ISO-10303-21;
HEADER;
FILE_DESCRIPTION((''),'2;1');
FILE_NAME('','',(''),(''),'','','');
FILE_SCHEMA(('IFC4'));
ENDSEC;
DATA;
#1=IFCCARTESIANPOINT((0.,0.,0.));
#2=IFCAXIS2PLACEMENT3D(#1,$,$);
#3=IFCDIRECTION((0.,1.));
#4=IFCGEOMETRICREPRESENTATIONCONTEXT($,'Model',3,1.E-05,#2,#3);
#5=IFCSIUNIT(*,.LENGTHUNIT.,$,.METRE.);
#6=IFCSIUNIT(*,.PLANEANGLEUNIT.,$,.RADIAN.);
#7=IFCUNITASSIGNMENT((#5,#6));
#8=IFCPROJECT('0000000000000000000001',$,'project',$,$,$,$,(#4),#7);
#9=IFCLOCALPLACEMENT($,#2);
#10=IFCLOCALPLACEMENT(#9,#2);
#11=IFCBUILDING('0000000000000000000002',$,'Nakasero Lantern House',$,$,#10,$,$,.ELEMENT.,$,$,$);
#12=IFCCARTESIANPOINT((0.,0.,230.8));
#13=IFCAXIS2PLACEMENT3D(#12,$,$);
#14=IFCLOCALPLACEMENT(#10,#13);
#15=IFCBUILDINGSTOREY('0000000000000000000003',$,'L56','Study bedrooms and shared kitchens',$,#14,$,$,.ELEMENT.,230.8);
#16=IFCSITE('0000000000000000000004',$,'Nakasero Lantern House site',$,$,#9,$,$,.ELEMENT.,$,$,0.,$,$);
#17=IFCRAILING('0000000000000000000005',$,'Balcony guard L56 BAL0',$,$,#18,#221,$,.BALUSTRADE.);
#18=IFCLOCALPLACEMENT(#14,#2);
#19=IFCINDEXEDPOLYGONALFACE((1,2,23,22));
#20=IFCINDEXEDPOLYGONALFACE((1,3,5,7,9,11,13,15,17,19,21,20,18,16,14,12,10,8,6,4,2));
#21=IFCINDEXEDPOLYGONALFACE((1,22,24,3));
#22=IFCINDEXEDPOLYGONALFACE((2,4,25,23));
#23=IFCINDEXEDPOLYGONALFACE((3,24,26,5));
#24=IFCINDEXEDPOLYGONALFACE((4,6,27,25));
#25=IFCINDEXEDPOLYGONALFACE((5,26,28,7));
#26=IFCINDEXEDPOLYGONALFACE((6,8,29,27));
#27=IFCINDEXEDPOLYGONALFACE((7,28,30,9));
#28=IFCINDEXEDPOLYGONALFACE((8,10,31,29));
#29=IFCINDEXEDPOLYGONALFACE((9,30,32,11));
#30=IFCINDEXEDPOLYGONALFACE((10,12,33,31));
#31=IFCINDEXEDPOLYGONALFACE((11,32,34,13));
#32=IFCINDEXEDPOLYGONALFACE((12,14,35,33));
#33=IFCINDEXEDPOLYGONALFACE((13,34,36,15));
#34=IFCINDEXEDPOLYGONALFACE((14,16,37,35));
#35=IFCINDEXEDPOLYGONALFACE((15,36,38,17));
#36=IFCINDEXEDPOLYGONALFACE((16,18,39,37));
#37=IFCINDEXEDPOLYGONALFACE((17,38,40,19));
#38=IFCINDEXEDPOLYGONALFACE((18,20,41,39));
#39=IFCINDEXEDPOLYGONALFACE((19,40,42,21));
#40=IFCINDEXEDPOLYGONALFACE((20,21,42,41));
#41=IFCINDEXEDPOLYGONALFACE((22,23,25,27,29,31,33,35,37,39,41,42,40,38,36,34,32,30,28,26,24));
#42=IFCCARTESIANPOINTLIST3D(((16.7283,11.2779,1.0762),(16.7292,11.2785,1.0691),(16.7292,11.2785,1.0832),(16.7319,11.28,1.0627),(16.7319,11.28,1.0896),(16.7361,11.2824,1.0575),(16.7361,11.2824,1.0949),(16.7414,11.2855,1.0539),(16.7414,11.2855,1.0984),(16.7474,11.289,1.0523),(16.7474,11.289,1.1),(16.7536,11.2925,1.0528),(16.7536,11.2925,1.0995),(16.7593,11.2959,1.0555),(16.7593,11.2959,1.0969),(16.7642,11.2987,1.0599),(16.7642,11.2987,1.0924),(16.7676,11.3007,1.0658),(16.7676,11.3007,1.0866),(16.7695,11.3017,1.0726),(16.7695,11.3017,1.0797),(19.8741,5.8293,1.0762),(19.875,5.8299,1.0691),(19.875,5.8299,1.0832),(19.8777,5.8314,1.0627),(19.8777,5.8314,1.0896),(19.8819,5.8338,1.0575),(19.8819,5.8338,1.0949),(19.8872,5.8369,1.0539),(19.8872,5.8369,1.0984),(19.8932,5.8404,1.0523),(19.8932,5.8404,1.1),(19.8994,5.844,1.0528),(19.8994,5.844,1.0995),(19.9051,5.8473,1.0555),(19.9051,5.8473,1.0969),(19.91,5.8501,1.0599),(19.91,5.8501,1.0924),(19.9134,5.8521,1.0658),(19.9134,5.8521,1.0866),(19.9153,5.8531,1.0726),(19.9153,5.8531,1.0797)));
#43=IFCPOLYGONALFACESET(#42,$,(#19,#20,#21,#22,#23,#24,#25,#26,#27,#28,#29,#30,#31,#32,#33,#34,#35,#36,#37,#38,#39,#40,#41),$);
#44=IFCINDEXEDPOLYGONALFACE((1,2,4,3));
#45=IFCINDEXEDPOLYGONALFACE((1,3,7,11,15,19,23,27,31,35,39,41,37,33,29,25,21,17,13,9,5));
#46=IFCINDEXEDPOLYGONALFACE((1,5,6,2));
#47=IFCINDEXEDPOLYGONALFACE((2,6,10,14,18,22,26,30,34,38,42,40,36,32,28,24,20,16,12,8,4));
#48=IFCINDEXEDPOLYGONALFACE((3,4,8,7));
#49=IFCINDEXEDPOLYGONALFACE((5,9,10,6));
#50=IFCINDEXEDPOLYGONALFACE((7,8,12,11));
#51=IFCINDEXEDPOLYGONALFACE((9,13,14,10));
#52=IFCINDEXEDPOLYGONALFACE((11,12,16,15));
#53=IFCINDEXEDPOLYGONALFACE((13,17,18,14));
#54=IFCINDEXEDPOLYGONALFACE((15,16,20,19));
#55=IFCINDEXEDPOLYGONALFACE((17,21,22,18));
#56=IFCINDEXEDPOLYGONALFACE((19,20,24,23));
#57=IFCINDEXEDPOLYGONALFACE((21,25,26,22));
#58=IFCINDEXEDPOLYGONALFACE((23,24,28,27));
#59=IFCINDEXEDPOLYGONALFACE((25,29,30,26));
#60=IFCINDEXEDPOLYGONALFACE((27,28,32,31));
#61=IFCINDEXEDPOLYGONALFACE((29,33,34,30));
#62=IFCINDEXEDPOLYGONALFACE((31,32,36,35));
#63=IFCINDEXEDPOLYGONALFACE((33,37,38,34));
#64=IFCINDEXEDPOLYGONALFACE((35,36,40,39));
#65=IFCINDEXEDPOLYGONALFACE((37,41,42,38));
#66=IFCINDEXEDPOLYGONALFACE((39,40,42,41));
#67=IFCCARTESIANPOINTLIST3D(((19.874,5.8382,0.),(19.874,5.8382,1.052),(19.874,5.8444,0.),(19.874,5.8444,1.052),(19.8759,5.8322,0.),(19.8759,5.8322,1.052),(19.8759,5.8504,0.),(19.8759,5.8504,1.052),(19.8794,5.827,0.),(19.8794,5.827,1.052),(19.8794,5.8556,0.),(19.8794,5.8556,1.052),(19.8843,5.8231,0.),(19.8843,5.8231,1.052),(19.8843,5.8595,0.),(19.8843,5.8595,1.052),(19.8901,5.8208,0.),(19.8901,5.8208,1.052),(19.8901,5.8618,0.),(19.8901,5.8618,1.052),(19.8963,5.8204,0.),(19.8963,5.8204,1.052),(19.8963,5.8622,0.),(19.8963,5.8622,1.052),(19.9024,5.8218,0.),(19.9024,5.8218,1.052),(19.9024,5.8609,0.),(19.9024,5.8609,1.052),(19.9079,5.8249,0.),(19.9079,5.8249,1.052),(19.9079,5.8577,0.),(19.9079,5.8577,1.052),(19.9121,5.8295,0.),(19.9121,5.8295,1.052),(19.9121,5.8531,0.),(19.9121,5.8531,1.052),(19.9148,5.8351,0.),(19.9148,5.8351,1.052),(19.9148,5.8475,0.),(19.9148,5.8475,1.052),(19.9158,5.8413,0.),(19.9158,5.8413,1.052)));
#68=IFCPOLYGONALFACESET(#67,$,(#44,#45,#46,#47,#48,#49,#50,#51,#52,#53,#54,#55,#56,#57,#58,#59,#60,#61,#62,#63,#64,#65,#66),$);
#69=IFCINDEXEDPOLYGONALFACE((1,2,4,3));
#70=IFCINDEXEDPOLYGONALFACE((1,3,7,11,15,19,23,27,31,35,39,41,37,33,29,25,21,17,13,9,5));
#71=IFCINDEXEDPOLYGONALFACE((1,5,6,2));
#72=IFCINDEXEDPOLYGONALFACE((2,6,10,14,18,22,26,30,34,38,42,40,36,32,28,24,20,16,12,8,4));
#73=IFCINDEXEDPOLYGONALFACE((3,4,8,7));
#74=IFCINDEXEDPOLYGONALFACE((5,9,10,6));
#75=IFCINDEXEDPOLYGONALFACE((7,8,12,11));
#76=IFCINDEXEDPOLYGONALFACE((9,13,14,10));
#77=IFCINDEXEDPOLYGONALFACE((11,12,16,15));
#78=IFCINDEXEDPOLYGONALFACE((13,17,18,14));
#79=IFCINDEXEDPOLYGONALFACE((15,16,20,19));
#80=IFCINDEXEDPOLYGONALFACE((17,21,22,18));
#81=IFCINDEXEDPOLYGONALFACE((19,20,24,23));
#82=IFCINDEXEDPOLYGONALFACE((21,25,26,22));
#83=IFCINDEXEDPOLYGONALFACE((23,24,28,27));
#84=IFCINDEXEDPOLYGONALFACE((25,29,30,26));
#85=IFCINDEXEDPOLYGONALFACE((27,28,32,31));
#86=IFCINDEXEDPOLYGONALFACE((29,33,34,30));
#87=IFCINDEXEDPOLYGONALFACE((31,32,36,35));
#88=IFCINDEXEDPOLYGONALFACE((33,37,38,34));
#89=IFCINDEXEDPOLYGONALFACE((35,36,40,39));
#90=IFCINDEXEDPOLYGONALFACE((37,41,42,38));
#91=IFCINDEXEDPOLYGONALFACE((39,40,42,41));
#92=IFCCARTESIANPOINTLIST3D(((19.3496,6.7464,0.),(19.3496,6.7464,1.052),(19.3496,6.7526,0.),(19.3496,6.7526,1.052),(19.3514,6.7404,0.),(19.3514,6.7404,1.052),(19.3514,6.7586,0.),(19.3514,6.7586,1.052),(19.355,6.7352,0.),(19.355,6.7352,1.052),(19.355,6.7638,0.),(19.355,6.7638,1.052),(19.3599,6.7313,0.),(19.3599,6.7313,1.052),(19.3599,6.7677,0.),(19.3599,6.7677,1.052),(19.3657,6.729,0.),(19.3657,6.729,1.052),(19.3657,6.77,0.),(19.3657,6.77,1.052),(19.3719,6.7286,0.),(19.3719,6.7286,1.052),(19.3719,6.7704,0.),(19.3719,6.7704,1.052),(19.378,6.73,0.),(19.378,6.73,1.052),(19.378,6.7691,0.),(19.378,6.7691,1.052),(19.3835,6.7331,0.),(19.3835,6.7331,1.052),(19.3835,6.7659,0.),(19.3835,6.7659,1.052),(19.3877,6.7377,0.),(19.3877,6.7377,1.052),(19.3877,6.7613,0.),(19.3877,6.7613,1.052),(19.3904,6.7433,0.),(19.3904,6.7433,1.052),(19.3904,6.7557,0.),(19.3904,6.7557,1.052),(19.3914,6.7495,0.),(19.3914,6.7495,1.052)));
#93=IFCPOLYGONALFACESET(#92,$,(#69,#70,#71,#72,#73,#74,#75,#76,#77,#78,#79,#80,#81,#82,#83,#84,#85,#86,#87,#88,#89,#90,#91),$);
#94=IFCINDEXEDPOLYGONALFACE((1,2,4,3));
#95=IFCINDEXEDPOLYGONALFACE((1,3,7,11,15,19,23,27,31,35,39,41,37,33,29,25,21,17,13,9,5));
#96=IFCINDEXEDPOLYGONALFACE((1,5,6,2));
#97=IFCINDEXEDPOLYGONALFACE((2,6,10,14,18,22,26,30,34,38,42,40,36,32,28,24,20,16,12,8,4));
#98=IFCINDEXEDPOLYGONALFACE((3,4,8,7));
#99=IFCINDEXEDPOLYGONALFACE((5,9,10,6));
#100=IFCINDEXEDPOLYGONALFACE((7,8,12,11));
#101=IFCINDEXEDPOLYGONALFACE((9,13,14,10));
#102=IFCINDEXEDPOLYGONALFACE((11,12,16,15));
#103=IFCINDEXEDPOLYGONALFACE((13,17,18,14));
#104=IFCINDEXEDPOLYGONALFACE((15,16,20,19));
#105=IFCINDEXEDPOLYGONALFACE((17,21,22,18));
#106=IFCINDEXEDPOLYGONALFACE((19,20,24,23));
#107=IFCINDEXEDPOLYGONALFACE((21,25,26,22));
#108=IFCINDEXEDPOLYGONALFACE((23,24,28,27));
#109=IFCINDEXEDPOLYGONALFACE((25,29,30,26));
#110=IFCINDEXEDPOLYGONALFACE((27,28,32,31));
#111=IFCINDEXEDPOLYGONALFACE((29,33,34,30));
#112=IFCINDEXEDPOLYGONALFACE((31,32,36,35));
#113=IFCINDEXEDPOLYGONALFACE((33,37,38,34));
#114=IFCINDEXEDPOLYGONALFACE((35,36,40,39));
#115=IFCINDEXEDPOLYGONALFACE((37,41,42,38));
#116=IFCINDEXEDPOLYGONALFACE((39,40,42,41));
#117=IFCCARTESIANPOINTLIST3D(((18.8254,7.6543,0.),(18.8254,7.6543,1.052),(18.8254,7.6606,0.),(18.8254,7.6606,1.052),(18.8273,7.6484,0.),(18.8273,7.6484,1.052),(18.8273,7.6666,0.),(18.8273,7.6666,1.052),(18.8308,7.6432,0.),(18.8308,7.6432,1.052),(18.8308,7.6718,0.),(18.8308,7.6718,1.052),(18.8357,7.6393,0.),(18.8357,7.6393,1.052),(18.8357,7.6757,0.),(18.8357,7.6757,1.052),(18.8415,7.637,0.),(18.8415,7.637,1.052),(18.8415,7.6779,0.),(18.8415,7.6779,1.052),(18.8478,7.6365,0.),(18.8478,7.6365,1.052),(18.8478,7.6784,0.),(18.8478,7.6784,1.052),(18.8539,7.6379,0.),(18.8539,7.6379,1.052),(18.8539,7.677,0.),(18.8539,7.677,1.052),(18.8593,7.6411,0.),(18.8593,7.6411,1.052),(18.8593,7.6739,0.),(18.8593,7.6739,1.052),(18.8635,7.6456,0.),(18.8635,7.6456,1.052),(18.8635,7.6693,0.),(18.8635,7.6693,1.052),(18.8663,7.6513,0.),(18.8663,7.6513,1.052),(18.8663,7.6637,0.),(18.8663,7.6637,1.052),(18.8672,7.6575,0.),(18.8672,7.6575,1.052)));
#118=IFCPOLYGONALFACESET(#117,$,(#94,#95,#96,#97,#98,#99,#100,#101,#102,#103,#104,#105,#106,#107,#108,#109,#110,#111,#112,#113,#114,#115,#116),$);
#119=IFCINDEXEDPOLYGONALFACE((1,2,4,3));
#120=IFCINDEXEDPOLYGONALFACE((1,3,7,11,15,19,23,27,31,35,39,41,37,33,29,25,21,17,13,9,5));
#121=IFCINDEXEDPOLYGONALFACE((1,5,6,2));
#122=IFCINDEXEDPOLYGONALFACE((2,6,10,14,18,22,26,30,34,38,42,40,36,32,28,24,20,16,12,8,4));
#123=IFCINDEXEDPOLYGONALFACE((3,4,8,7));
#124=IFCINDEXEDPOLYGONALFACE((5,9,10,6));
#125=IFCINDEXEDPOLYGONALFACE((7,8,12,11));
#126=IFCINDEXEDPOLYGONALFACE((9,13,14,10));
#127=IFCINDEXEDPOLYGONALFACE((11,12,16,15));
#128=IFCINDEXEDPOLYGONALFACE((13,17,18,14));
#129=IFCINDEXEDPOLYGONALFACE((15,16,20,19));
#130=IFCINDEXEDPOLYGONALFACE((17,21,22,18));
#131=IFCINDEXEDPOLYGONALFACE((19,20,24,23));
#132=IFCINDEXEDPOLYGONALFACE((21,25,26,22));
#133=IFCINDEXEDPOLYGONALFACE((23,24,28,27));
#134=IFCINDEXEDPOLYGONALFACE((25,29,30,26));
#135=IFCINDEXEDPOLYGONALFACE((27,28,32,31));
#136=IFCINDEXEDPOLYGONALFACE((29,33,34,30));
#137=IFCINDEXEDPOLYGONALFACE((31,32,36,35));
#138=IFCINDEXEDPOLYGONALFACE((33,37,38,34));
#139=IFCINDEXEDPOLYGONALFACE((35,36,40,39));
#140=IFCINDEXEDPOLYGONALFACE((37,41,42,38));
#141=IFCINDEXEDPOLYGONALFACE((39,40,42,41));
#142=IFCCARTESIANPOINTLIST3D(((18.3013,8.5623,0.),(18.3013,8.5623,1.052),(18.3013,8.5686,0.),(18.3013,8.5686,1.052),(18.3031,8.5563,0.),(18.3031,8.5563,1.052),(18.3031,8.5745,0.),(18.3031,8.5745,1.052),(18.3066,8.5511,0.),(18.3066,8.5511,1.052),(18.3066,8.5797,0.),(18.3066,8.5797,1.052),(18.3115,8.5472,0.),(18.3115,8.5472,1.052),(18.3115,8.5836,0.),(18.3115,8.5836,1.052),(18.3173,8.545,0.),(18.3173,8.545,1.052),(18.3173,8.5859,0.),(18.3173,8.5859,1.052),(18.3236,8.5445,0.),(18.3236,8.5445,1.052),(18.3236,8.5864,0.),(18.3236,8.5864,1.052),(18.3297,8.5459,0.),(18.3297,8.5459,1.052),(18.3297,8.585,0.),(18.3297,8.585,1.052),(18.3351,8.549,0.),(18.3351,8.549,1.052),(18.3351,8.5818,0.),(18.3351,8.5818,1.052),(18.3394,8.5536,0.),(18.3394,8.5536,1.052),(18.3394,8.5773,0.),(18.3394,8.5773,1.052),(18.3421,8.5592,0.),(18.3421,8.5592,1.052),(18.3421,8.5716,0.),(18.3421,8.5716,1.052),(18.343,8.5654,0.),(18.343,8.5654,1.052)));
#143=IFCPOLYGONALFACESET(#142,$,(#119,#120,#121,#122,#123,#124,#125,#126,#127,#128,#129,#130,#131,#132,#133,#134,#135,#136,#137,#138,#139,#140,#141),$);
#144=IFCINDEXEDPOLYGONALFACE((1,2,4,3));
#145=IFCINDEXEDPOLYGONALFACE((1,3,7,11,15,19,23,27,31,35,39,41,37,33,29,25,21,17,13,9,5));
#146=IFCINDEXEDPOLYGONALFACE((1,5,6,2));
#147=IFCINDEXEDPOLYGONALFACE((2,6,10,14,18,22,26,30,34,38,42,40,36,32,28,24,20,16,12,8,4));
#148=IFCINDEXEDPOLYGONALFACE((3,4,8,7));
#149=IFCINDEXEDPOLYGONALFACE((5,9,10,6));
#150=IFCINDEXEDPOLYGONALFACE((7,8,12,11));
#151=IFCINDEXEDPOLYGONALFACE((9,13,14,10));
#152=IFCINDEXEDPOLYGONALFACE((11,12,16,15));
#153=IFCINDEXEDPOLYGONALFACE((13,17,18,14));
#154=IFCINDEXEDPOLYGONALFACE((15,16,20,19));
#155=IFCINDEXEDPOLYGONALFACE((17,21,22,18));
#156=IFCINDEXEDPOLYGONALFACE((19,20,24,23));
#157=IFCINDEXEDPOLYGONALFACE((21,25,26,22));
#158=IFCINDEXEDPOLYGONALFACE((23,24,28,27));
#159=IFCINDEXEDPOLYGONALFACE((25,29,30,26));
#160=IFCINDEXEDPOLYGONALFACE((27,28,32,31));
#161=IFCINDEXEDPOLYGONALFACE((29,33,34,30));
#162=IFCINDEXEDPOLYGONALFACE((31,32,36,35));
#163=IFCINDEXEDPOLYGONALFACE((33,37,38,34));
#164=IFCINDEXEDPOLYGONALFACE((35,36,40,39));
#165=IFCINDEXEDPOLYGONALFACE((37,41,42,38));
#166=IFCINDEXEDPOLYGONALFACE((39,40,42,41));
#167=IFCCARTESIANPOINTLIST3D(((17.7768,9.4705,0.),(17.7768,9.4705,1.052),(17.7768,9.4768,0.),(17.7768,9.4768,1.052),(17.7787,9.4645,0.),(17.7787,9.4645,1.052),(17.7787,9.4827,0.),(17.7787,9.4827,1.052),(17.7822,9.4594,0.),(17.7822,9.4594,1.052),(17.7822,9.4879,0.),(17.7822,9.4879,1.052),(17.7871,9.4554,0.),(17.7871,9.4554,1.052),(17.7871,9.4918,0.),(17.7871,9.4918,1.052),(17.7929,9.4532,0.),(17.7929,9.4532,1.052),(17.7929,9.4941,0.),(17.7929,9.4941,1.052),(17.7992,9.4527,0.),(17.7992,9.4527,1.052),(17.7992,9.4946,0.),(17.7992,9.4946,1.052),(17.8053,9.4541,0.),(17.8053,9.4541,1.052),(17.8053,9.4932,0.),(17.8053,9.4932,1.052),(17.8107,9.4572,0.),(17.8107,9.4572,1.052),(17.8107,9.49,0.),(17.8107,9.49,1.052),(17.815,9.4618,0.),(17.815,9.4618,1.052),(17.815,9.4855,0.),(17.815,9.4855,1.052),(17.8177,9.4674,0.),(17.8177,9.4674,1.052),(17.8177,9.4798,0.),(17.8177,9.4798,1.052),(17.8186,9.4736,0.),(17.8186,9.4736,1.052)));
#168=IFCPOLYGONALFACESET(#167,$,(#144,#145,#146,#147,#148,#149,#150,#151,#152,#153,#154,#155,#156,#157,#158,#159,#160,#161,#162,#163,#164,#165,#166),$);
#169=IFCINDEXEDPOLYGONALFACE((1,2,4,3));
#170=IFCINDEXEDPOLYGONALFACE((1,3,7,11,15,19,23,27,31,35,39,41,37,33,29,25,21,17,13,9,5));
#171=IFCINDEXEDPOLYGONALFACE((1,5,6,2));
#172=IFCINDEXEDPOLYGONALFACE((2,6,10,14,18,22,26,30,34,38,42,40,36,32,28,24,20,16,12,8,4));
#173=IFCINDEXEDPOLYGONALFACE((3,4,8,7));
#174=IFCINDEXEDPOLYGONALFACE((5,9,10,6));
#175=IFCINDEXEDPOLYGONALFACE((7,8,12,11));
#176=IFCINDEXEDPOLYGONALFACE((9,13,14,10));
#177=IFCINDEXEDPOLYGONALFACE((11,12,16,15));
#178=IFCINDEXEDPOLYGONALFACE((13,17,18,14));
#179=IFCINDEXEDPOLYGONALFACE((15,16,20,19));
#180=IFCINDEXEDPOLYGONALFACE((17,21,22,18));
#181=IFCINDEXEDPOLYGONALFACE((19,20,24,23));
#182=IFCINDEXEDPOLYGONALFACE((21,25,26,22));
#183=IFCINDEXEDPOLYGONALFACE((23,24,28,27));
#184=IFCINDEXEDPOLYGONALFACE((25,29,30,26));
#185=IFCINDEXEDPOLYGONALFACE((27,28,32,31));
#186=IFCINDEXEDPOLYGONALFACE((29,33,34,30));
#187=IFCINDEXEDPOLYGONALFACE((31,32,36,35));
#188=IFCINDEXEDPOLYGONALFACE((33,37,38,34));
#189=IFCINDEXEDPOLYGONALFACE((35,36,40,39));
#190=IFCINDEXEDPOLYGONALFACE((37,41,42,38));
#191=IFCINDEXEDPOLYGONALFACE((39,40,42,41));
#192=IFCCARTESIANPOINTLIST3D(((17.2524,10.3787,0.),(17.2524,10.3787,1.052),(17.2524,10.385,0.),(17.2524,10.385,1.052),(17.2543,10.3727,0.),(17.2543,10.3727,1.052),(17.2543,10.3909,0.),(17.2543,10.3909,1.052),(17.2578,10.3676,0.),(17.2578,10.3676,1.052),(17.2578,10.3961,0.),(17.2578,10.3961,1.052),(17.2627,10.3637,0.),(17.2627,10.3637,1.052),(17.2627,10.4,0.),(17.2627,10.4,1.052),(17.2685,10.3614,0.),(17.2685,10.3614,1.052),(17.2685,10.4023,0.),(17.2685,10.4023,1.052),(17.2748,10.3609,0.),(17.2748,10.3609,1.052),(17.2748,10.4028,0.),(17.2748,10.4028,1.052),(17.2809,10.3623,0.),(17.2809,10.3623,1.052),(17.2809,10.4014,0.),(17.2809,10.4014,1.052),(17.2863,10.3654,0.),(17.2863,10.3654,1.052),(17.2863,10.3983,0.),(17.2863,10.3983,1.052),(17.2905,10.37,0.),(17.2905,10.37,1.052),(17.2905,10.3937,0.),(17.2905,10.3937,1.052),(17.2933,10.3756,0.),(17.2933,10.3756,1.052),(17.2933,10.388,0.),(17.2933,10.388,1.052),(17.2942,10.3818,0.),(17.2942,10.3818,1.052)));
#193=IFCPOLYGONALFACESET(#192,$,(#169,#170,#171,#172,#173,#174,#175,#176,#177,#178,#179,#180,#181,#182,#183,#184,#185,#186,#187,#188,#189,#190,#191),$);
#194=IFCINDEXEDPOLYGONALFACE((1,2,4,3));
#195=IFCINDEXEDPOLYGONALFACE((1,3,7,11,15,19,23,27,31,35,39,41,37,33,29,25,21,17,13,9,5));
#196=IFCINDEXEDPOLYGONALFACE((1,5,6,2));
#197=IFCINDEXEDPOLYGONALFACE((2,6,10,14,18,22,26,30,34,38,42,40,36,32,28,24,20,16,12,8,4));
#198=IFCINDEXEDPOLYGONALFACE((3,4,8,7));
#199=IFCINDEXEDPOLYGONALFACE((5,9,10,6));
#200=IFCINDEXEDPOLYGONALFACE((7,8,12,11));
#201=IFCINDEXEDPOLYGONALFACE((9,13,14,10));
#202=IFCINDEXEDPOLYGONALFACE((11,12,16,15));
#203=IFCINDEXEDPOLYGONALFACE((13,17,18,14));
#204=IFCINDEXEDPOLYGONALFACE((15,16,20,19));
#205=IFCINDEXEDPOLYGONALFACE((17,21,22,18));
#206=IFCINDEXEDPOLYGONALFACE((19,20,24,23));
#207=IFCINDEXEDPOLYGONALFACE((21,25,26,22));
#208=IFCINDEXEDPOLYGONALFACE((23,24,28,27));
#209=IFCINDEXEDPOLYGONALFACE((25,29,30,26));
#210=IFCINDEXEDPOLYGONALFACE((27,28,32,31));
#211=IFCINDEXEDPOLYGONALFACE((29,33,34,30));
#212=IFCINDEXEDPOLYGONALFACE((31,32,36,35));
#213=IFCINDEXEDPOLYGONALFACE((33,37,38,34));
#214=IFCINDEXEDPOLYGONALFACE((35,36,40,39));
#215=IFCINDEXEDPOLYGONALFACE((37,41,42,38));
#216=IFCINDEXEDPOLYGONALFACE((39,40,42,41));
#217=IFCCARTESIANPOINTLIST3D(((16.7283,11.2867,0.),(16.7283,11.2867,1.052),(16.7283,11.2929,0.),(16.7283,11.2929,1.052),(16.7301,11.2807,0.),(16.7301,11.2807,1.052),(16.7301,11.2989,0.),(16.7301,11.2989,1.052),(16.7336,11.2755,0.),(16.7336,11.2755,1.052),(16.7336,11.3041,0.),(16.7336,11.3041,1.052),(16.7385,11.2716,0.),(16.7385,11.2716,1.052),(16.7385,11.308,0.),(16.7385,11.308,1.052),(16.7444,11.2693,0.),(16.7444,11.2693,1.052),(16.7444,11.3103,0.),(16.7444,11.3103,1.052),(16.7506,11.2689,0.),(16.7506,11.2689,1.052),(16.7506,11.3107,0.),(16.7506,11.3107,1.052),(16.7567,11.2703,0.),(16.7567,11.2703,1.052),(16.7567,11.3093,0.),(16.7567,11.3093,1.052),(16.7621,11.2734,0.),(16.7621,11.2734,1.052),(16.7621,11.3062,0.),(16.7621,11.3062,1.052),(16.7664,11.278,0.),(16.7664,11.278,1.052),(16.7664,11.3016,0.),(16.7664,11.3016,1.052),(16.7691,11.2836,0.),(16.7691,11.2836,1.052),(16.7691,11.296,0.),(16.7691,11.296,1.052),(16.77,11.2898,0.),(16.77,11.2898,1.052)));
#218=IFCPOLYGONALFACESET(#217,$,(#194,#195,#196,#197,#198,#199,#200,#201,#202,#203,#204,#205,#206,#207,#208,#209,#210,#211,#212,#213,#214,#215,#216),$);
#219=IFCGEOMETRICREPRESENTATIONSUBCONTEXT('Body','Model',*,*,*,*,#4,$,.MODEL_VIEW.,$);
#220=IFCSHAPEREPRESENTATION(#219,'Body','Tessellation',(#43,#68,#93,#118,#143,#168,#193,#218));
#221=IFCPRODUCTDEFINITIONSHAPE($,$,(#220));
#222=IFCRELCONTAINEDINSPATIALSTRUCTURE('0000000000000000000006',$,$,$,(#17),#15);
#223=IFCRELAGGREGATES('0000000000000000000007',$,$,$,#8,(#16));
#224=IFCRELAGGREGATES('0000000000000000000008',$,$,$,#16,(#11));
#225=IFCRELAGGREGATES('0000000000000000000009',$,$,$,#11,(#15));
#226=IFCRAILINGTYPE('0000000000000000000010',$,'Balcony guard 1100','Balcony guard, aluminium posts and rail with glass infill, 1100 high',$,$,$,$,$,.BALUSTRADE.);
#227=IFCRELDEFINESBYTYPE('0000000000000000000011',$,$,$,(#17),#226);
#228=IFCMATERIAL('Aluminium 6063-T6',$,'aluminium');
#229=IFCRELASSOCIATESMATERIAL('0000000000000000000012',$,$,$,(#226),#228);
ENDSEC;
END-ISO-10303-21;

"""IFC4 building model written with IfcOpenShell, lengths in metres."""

from ifc_helpers import new_model, si_unit, direction, frame, origin, origin_2d, place, context, subcontext, project, spatial, circle, extrude, material, type_object, element, save


model = new_model("IFC4")

# Units and contexts
model_context = context("Model", 3, precision=1e-05, world=origin(), true_north=direction((0.0, 1.0)))
body_context = subcontext(model_context, "Body", "Model", "MODEL_VIEW")
ifc_project = project(units=[si_unit("LENGTHUNIT", "METRE"), si_unit("PLANEANGLEUNIT", "RADIAN")], contexts=[model_context])

# Site, building, storey
site_placement = place(None, origin())
site = spatial("IfcSite", under=ifc_project, at=site_placement, Name="Nakasero Lantern House site", CompositionType="ELEMENT", RefElevation=0.0)
building_placement = place(site_placement, origin())
building = spatial("IfcBuilding", under=site, at=building_placement, Name="Nakasero Lantern House", CompositionType="ELEMENT")
storey_placement = place(building_placement, frame((0.0, 0.0, 230.8)))
storey = spatial("IfcBuildingStorey", under=building, at=storey_placement, Name="L56", Description="Study bedrooms and shared kitchens", CompositionType="ELEMENT", Elevation=230.8)

# Railing
ifc_material_1 = material(Name="Aluminium 6063-T6", Category="aluminium")
railing_type = type_object("IfcRailingType", Name="Balcony guard 1100", Description="Balcony guard, aluminium posts and rail with glass infill, 1100 high", PredefinedType="BALUSTRADE", material=ifc_material_1)
railing_placement = place(storey_placement, frame((19.8948, 5.8413, 0.0)))
element("IfcRailing", 1, at=railing_placement, inside=storey, type_object=railing_type, Name="Balcony guard L56 BAL0", PredefinedType="BALUSTRADE", context=body_context, shape_type="SweptSolid", body=[
    extrude(circle(Radius=0.0239, at=origin_2d()), frame((0.0, 0.0, 1.0762), z_axis=(-0.500008, 0.866021, 0.0), x_axis=(-0.866021, -0.500008, 0.0)), (0.0, 0.0, 1.0), 6.2915),
    extrude(circle(Radius=0.021, at=origin_2d()), origin(), (0.0, 0.0, 1.0), 1.052),
    extrude(circle(Radius=0.021, at=origin_2d()), frame((-0.5244, 0.9082, 0.0)), (0.0, 0.0, 1.0), 1.052),
    extrude(circle(Radius=0.021, at=origin_2d()), frame((-1.0486, 1.8162, 0.0)), (0.0, 0.0, 1.0), 1.052),
    extrude(circle(Radius=0.021, at=origin_2d()), frame((-1.5728, 2.7241, 0.0)), (0.0, 0.0, 1.0), 1.052),
    extrude(circle(Radius=0.021, at=origin_2d()), frame((-2.0972, 3.6323, 0.0)), (0.0, 0.0, 1.0), 1.052),
    extrude(circle(Radius=0.021, at=origin_2d()), frame((-2.6216, 4.5405, 0.0)), (0.0, 0.0, 1.0), 1.052),
    extrude(circle(Radius=0.021, at=origin_2d()), frame((-3.1458, 5.4485, 0.0)), (0.0, 0.0, 1.0), 1.052),
])

save(model, "model.ifc")
